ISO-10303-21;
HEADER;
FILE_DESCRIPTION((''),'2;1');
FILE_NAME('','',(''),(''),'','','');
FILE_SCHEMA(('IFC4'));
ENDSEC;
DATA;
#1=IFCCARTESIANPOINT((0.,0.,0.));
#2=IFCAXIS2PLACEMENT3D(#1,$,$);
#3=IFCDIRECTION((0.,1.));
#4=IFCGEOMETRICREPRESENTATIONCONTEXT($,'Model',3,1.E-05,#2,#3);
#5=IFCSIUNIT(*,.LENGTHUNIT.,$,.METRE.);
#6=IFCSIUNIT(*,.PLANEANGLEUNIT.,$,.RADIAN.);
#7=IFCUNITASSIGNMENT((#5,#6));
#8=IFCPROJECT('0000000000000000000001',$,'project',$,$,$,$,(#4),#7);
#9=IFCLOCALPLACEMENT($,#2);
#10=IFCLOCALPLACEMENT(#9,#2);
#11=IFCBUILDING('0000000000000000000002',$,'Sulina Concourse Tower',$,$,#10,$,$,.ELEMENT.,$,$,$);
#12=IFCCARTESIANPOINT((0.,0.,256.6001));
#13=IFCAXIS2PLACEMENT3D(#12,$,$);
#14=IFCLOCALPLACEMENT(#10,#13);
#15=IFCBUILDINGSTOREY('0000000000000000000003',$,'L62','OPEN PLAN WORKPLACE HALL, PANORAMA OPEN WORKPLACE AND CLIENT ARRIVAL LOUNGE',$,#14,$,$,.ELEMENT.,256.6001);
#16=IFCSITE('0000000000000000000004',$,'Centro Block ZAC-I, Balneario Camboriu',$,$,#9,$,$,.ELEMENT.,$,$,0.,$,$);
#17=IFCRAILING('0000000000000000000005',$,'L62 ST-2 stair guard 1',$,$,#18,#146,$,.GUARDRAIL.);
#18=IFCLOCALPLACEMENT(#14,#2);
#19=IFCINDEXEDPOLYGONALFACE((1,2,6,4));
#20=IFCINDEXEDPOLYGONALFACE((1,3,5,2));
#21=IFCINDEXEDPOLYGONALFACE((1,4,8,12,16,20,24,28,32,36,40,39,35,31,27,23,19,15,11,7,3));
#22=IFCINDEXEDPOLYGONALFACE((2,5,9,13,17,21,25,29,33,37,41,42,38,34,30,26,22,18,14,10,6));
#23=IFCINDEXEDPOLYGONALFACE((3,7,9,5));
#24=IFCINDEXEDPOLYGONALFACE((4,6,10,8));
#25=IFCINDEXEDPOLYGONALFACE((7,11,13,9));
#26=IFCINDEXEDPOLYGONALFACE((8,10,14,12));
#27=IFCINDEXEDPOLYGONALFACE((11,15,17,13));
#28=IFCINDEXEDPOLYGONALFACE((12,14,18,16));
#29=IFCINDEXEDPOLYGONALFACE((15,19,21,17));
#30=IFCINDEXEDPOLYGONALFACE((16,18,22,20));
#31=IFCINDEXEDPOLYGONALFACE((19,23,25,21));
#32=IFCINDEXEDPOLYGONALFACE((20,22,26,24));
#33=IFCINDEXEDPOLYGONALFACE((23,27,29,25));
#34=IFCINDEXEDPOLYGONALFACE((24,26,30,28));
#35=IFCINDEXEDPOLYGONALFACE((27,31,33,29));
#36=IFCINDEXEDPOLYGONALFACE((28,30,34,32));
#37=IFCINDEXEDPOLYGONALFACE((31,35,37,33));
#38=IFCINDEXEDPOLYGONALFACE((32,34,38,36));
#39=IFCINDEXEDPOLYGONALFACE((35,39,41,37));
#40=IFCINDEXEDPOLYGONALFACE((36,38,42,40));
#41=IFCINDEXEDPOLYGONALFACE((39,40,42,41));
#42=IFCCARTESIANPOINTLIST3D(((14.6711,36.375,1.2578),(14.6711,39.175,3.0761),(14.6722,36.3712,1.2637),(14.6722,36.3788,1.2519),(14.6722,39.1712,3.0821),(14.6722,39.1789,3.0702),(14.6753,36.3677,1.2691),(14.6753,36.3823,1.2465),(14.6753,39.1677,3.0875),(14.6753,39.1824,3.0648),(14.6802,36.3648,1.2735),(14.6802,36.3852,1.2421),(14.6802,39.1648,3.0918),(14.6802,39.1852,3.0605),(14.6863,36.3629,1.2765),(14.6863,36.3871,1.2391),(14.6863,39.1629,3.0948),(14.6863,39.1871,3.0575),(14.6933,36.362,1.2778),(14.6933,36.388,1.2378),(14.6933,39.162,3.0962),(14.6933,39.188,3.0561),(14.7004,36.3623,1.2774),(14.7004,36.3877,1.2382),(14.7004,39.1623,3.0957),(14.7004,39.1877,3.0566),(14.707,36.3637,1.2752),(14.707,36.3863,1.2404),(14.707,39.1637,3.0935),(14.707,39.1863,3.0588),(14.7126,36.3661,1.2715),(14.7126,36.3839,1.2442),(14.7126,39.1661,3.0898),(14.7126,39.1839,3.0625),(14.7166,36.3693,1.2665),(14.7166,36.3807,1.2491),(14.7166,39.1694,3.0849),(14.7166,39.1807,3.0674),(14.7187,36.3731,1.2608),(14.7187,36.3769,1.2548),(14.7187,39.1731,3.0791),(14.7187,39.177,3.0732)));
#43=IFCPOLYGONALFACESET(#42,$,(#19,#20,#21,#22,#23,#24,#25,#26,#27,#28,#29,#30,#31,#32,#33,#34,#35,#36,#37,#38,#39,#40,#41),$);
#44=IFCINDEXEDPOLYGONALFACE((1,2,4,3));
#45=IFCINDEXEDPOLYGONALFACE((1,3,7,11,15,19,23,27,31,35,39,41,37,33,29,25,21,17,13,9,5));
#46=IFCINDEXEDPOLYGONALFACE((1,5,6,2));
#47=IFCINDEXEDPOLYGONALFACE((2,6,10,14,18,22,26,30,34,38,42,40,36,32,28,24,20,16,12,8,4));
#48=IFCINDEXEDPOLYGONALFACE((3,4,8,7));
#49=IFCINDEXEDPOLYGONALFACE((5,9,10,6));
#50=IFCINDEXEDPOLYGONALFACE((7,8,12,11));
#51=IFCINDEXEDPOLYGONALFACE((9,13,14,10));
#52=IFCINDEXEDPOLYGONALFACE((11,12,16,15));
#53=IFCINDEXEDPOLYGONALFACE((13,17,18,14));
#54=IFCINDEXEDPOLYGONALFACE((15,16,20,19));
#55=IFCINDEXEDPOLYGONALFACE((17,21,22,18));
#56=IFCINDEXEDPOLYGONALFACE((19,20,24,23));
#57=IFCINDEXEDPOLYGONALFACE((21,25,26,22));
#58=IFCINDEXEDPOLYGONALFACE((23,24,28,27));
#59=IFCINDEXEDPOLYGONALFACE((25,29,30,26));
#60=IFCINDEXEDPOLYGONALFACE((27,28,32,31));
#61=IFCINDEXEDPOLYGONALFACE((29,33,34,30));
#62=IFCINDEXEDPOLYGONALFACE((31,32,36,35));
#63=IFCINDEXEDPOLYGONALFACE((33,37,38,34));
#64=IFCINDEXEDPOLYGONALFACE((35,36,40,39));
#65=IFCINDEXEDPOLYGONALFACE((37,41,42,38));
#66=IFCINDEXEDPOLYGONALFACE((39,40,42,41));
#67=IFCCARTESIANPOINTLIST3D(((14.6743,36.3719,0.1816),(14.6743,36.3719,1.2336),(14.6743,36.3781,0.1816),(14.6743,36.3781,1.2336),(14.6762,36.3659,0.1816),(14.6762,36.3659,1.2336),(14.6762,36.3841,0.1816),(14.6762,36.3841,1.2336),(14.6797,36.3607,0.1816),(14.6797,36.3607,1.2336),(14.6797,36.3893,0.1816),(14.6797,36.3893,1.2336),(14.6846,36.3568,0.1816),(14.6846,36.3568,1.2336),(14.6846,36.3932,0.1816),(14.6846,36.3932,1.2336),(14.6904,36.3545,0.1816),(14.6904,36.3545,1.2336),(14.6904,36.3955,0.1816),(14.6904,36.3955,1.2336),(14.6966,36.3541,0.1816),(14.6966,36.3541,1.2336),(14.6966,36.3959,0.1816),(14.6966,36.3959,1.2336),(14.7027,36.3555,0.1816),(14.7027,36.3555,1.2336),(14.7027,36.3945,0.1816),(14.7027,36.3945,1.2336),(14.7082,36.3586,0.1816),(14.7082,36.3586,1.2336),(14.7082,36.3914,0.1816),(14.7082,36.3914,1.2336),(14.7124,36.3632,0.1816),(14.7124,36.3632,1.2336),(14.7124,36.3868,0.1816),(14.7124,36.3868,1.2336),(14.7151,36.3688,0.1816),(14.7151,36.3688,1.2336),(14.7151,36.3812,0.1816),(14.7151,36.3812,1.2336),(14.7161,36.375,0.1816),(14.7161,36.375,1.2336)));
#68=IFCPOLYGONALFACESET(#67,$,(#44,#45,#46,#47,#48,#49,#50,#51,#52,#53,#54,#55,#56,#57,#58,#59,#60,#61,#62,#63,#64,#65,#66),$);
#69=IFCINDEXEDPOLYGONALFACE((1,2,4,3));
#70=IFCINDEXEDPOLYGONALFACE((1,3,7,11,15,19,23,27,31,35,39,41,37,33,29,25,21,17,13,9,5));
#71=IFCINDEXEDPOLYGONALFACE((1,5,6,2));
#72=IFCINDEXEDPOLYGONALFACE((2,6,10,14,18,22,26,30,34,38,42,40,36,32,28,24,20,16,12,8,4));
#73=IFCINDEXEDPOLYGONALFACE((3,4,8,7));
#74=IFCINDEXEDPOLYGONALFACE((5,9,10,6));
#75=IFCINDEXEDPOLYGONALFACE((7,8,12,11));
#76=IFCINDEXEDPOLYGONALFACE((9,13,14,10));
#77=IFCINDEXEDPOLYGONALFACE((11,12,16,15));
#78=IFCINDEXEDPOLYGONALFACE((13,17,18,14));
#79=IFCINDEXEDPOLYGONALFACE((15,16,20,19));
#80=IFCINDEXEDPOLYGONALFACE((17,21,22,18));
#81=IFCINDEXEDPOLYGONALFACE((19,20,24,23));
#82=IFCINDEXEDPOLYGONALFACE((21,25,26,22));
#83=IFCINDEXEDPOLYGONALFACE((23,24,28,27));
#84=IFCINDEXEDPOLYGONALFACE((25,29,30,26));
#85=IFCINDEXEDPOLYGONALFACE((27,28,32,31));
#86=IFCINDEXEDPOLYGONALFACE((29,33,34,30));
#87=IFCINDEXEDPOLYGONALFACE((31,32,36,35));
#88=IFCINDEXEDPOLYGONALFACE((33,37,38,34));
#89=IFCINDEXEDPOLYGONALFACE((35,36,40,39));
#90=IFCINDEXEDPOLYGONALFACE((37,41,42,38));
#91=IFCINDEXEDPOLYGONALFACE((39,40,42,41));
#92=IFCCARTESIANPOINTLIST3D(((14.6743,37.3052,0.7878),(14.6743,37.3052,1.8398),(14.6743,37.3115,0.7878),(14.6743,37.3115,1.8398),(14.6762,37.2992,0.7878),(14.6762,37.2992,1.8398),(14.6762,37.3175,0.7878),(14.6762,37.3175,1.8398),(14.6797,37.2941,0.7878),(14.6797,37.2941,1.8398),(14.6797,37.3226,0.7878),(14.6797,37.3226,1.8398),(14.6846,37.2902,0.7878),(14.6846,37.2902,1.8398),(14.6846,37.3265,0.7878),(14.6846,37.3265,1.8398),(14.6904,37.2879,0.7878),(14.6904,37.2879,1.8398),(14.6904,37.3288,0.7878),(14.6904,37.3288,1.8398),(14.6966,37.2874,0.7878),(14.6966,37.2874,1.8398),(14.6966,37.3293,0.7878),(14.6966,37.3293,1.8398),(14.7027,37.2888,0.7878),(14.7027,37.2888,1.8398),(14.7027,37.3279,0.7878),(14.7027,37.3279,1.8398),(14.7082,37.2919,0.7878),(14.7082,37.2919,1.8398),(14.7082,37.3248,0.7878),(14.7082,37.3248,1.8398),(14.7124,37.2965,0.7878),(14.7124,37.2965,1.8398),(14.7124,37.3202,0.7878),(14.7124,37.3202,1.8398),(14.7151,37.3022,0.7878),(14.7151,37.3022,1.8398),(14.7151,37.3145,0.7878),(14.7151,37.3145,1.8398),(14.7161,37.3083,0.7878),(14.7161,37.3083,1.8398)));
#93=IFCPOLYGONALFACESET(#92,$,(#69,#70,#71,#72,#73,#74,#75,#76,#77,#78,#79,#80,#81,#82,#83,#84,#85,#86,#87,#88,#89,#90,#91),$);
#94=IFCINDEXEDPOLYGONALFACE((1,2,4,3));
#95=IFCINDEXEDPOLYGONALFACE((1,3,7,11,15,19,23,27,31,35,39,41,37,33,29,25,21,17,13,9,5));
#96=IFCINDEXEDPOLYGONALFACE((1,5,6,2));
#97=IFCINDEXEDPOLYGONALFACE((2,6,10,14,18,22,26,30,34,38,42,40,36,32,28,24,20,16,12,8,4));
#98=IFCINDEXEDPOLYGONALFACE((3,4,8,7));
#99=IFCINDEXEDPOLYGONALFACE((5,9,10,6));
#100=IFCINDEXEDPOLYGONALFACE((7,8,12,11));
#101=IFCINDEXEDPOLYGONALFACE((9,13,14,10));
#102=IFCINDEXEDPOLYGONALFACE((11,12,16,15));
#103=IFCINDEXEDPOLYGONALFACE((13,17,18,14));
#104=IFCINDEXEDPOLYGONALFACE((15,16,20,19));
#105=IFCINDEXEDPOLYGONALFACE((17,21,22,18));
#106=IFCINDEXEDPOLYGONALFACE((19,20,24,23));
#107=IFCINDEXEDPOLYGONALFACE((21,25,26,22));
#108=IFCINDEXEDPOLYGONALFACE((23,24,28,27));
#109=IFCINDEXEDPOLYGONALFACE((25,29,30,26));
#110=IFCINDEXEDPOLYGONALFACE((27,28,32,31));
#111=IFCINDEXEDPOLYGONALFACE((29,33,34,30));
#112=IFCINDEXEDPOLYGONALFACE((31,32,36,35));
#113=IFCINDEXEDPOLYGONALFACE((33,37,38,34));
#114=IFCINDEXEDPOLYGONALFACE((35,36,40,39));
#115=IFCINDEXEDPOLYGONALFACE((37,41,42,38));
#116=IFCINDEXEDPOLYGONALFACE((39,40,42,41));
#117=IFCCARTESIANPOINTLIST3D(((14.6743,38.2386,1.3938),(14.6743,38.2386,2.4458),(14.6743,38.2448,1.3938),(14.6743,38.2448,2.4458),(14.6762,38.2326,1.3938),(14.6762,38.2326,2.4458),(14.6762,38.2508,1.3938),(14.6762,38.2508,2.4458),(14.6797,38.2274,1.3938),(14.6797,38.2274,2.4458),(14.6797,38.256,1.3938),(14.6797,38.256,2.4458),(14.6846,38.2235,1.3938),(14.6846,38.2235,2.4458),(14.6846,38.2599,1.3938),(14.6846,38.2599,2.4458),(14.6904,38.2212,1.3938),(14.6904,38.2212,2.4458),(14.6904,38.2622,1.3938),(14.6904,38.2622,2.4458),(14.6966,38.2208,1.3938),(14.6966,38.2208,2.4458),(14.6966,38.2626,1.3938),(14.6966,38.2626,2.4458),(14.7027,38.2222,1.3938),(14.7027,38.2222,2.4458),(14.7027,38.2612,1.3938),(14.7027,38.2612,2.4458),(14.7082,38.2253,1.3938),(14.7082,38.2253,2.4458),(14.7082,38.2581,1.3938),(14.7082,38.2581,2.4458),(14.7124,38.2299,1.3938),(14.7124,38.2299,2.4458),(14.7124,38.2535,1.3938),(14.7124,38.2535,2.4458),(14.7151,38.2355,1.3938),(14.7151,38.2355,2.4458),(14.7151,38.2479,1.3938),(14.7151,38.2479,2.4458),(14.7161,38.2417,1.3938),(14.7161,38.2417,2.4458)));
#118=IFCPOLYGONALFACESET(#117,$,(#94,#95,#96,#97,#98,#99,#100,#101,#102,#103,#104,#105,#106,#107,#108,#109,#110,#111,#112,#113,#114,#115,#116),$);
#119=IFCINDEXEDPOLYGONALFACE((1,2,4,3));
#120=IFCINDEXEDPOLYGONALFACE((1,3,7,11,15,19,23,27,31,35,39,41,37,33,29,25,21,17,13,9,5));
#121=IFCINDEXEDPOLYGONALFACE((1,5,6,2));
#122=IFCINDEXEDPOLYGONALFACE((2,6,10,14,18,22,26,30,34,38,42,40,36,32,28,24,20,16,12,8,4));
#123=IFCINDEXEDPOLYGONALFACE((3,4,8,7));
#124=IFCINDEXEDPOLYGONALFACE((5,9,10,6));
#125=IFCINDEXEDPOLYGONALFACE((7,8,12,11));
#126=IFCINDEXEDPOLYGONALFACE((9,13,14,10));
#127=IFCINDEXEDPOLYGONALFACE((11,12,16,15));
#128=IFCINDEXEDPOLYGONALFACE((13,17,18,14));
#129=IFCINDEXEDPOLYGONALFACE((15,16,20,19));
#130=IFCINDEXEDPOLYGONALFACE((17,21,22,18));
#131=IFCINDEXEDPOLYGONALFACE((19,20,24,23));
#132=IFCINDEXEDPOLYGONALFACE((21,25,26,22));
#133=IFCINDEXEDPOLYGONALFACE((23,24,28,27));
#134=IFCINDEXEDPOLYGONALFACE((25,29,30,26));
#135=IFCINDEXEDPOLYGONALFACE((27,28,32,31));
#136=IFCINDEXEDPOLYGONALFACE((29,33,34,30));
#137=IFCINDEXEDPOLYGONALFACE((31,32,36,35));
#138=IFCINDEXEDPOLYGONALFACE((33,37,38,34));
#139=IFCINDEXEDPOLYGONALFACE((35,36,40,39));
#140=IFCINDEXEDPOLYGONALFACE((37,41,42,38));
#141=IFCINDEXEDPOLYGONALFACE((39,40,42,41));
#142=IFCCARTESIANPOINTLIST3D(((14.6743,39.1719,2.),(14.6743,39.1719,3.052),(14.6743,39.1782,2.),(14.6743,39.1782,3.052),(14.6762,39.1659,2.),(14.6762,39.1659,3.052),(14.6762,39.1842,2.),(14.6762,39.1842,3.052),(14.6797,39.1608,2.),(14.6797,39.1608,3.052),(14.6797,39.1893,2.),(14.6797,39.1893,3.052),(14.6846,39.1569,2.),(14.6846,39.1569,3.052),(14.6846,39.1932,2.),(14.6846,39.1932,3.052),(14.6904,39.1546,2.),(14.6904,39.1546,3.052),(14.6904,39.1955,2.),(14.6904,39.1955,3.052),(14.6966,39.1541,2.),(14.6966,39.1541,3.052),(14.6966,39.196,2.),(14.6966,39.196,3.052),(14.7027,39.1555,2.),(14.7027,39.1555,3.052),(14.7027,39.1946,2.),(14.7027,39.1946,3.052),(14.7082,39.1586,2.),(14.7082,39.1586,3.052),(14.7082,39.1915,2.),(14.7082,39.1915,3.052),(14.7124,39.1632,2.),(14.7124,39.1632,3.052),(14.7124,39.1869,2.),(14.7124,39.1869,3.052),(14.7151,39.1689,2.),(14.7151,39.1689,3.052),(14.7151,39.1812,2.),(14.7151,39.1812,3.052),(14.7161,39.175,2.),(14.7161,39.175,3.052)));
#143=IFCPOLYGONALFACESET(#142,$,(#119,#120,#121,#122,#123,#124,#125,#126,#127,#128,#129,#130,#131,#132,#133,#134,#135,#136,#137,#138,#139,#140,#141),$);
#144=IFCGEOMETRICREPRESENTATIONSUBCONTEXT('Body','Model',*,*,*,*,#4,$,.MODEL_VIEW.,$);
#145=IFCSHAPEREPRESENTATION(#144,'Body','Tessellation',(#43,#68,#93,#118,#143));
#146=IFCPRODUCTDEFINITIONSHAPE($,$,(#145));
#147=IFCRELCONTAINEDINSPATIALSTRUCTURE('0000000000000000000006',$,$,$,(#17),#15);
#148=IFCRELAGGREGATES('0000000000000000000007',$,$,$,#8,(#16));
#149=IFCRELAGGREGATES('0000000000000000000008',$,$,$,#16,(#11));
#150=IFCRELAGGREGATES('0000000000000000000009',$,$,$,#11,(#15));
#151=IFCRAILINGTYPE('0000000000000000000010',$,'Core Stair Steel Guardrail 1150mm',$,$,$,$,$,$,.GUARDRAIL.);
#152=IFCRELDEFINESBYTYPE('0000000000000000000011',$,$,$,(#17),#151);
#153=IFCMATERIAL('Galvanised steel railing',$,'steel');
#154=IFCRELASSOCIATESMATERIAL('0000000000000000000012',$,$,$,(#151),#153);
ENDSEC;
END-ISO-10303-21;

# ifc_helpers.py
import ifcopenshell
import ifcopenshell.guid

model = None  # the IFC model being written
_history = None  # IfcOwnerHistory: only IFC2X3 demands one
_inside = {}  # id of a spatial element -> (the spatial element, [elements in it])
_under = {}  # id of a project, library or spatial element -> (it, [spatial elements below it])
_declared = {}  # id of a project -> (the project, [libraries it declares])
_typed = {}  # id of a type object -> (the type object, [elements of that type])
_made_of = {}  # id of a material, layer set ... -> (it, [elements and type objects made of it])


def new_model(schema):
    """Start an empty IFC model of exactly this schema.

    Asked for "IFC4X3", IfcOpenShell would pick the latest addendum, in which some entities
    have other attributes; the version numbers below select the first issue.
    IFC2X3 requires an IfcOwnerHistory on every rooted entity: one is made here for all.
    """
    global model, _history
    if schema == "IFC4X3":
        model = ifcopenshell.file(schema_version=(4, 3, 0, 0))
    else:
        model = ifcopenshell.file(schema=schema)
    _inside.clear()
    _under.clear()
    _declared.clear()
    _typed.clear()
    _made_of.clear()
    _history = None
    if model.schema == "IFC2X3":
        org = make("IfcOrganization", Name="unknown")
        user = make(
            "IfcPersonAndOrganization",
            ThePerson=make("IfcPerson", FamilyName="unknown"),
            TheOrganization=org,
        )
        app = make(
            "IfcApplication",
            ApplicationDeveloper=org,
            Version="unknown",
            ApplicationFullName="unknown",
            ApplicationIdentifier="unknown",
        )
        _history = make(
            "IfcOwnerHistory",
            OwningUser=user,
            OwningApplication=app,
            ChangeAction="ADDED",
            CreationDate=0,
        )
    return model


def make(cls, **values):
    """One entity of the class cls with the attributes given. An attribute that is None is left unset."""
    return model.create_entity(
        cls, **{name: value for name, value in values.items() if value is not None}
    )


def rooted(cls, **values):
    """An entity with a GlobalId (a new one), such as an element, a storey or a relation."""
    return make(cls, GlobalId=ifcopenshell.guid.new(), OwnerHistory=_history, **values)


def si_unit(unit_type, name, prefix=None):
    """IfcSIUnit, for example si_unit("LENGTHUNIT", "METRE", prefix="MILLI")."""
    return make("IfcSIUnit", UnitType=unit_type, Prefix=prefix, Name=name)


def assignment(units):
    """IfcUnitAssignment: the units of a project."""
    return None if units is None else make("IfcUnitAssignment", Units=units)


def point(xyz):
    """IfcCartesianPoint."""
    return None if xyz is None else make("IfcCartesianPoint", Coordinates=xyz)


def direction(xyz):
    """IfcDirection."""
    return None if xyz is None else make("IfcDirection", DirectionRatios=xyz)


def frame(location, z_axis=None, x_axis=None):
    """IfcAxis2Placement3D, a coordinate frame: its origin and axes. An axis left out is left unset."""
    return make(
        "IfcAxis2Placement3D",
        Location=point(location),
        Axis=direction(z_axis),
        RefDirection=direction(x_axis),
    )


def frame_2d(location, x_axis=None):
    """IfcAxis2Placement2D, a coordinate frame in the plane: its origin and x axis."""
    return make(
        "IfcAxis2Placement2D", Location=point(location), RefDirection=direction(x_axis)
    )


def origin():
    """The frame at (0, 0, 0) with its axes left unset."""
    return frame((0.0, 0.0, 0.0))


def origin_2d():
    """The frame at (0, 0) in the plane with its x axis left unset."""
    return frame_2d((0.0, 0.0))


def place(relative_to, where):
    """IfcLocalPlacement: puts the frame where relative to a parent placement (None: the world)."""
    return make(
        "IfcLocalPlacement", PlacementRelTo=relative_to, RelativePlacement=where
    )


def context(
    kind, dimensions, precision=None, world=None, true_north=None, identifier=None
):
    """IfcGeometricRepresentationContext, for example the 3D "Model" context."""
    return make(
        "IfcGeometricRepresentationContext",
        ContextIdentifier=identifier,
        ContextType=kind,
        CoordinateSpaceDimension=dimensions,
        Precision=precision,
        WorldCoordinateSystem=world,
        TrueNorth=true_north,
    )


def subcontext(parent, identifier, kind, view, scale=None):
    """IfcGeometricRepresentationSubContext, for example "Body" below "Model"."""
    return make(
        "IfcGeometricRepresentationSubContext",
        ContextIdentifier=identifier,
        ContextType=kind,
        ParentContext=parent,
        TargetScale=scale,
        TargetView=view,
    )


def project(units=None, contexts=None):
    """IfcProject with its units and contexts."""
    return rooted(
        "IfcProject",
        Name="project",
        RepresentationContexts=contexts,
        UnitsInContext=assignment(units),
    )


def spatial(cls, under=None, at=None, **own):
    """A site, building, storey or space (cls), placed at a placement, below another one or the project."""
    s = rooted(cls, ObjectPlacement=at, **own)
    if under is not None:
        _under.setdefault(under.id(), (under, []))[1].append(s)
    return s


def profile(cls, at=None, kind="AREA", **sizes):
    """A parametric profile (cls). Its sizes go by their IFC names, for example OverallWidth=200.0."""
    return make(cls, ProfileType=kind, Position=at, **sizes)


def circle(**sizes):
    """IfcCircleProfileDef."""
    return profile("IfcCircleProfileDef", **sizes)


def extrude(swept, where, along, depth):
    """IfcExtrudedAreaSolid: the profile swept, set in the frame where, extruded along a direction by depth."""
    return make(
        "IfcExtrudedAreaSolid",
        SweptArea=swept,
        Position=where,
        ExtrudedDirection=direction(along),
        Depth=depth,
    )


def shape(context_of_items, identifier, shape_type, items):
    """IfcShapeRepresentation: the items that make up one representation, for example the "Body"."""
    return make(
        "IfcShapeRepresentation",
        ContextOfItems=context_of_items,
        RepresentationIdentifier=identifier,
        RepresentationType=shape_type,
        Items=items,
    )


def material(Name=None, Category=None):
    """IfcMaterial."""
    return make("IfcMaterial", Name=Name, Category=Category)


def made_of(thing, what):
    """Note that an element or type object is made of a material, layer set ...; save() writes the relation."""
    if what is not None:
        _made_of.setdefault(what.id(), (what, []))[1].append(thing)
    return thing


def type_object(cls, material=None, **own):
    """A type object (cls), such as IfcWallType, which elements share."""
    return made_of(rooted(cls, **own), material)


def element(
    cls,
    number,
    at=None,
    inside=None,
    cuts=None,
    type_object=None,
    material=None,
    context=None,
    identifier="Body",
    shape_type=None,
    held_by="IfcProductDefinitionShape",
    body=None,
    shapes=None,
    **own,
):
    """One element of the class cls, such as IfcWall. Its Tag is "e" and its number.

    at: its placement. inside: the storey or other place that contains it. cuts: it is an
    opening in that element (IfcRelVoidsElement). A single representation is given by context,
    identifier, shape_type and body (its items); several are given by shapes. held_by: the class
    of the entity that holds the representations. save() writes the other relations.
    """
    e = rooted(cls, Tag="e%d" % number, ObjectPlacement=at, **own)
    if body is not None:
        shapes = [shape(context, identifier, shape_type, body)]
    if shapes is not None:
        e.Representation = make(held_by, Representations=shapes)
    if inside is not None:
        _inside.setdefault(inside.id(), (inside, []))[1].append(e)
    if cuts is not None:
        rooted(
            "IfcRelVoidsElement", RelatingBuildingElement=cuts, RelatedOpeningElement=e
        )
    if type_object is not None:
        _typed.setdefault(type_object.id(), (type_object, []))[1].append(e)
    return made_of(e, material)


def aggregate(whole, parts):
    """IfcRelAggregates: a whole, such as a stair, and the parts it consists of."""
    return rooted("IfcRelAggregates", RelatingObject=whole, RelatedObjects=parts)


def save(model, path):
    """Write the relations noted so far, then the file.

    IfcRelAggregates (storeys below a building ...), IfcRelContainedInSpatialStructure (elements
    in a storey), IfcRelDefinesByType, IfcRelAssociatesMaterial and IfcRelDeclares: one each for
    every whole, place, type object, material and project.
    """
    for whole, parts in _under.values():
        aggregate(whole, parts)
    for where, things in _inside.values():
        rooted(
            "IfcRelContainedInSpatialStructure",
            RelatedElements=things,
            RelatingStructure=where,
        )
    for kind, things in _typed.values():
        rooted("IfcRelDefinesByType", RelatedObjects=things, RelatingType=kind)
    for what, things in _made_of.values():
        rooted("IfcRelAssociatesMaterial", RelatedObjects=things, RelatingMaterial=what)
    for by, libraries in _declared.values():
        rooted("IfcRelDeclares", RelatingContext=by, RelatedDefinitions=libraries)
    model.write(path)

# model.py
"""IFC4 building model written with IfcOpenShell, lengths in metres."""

from ifc_helpers import new_model, si_unit, direction, frame, origin, origin_2d, place, context, subcontext, project, spatial, circle, extrude, material, type_object, element, save


model = new_model("IFC4")

# Units and contexts
model_context = context("Model", 3, precision=1e-05, world=origin(), true_north=direction((0.0, 1.0)))
body_context = subcontext(model_context, "Body", "Model", "MODEL_VIEW")
ifc_project = project(units=[si_unit("LENGTHUNIT", "METRE"), si_unit("PLANEANGLEUNIT", "RADIAN")], contexts=[model_context])

# Site, building, storey
site_placement = place(None, origin())
site = spatial("IfcSite", under=ifc_project, at=site_placement, Name="Centro Block ZAC-I, Balneario Camboriu", CompositionType="ELEMENT", RefElevation=0.0)
building_placement = place(site_placement, origin())
building = spatial("IfcBuilding", under=site, at=building_placement, Name="Sulina Concourse Tower", CompositionType="ELEMENT")
storey_placement = place(building_placement, frame((0.0, 0.0, 256.6001)))
storey = spatial("IfcBuildingStorey", under=building, at=storey_placement, Name="L62", Description="OPEN PLAN WORKPLACE HALL, PANORAMA OPEN WORKPLACE AND CLIENT ARRIVAL LOUNGE", CompositionType="ELEMENT", Elevation=256.6001)

# Railing
ifc_material_1 = material(Name="Galvanised steel railing", Category="steel")
railing_type_1 = type_object("IfcRailingType", Name="Core Stair Steel Guardrail 1150mm", PredefinedType="GUARDRAIL", material=ifc_material_1)
railing_1_placement = place(storey_placement, frame((14.6951, 36.375, 0.1816)))
element("IfcRailing", 1, at=railing_1_placement, inside=storey, type_object=railing_type_1, Name="L62 ST-2 stair guard 1", PredefinedType="GUARDRAIL", context=body_context, shape_type="SweptSolid", body=[
    extrude(circle(Radius=0.0239, at=origin_2d()), frame((0.0, 0.0, 1.0762), z_axis=(0.0, 0.838672, 0.544636), x_axis=(-1.0, 0.0, 0.0)), (0.0, 0.0, 1.0), 3.3386),
    extrude(circle(Radius=0.021, at=origin_2d()), origin(), (0.0, 0.0, 1.0), 1.052),
    extrude(circle(Radius=0.021, at=origin_2d()), frame((0.0, 0.9333, 0.6062)), (0.0, 0.0, 1.0), 1.052),
    extrude(circle(Radius=0.021, at=origin_2d()), frame((0.0, 1.8667, 1.2122)), (0.0, 0.0, 1.0), 1.052),
    extrude(circle(Radius=0.021, at=origin_2d()), frame((0.0, 2.8, 1.8184)), (0.0, 0.0, 1.0), 1.052),
])

save(model, "model.ifc")
